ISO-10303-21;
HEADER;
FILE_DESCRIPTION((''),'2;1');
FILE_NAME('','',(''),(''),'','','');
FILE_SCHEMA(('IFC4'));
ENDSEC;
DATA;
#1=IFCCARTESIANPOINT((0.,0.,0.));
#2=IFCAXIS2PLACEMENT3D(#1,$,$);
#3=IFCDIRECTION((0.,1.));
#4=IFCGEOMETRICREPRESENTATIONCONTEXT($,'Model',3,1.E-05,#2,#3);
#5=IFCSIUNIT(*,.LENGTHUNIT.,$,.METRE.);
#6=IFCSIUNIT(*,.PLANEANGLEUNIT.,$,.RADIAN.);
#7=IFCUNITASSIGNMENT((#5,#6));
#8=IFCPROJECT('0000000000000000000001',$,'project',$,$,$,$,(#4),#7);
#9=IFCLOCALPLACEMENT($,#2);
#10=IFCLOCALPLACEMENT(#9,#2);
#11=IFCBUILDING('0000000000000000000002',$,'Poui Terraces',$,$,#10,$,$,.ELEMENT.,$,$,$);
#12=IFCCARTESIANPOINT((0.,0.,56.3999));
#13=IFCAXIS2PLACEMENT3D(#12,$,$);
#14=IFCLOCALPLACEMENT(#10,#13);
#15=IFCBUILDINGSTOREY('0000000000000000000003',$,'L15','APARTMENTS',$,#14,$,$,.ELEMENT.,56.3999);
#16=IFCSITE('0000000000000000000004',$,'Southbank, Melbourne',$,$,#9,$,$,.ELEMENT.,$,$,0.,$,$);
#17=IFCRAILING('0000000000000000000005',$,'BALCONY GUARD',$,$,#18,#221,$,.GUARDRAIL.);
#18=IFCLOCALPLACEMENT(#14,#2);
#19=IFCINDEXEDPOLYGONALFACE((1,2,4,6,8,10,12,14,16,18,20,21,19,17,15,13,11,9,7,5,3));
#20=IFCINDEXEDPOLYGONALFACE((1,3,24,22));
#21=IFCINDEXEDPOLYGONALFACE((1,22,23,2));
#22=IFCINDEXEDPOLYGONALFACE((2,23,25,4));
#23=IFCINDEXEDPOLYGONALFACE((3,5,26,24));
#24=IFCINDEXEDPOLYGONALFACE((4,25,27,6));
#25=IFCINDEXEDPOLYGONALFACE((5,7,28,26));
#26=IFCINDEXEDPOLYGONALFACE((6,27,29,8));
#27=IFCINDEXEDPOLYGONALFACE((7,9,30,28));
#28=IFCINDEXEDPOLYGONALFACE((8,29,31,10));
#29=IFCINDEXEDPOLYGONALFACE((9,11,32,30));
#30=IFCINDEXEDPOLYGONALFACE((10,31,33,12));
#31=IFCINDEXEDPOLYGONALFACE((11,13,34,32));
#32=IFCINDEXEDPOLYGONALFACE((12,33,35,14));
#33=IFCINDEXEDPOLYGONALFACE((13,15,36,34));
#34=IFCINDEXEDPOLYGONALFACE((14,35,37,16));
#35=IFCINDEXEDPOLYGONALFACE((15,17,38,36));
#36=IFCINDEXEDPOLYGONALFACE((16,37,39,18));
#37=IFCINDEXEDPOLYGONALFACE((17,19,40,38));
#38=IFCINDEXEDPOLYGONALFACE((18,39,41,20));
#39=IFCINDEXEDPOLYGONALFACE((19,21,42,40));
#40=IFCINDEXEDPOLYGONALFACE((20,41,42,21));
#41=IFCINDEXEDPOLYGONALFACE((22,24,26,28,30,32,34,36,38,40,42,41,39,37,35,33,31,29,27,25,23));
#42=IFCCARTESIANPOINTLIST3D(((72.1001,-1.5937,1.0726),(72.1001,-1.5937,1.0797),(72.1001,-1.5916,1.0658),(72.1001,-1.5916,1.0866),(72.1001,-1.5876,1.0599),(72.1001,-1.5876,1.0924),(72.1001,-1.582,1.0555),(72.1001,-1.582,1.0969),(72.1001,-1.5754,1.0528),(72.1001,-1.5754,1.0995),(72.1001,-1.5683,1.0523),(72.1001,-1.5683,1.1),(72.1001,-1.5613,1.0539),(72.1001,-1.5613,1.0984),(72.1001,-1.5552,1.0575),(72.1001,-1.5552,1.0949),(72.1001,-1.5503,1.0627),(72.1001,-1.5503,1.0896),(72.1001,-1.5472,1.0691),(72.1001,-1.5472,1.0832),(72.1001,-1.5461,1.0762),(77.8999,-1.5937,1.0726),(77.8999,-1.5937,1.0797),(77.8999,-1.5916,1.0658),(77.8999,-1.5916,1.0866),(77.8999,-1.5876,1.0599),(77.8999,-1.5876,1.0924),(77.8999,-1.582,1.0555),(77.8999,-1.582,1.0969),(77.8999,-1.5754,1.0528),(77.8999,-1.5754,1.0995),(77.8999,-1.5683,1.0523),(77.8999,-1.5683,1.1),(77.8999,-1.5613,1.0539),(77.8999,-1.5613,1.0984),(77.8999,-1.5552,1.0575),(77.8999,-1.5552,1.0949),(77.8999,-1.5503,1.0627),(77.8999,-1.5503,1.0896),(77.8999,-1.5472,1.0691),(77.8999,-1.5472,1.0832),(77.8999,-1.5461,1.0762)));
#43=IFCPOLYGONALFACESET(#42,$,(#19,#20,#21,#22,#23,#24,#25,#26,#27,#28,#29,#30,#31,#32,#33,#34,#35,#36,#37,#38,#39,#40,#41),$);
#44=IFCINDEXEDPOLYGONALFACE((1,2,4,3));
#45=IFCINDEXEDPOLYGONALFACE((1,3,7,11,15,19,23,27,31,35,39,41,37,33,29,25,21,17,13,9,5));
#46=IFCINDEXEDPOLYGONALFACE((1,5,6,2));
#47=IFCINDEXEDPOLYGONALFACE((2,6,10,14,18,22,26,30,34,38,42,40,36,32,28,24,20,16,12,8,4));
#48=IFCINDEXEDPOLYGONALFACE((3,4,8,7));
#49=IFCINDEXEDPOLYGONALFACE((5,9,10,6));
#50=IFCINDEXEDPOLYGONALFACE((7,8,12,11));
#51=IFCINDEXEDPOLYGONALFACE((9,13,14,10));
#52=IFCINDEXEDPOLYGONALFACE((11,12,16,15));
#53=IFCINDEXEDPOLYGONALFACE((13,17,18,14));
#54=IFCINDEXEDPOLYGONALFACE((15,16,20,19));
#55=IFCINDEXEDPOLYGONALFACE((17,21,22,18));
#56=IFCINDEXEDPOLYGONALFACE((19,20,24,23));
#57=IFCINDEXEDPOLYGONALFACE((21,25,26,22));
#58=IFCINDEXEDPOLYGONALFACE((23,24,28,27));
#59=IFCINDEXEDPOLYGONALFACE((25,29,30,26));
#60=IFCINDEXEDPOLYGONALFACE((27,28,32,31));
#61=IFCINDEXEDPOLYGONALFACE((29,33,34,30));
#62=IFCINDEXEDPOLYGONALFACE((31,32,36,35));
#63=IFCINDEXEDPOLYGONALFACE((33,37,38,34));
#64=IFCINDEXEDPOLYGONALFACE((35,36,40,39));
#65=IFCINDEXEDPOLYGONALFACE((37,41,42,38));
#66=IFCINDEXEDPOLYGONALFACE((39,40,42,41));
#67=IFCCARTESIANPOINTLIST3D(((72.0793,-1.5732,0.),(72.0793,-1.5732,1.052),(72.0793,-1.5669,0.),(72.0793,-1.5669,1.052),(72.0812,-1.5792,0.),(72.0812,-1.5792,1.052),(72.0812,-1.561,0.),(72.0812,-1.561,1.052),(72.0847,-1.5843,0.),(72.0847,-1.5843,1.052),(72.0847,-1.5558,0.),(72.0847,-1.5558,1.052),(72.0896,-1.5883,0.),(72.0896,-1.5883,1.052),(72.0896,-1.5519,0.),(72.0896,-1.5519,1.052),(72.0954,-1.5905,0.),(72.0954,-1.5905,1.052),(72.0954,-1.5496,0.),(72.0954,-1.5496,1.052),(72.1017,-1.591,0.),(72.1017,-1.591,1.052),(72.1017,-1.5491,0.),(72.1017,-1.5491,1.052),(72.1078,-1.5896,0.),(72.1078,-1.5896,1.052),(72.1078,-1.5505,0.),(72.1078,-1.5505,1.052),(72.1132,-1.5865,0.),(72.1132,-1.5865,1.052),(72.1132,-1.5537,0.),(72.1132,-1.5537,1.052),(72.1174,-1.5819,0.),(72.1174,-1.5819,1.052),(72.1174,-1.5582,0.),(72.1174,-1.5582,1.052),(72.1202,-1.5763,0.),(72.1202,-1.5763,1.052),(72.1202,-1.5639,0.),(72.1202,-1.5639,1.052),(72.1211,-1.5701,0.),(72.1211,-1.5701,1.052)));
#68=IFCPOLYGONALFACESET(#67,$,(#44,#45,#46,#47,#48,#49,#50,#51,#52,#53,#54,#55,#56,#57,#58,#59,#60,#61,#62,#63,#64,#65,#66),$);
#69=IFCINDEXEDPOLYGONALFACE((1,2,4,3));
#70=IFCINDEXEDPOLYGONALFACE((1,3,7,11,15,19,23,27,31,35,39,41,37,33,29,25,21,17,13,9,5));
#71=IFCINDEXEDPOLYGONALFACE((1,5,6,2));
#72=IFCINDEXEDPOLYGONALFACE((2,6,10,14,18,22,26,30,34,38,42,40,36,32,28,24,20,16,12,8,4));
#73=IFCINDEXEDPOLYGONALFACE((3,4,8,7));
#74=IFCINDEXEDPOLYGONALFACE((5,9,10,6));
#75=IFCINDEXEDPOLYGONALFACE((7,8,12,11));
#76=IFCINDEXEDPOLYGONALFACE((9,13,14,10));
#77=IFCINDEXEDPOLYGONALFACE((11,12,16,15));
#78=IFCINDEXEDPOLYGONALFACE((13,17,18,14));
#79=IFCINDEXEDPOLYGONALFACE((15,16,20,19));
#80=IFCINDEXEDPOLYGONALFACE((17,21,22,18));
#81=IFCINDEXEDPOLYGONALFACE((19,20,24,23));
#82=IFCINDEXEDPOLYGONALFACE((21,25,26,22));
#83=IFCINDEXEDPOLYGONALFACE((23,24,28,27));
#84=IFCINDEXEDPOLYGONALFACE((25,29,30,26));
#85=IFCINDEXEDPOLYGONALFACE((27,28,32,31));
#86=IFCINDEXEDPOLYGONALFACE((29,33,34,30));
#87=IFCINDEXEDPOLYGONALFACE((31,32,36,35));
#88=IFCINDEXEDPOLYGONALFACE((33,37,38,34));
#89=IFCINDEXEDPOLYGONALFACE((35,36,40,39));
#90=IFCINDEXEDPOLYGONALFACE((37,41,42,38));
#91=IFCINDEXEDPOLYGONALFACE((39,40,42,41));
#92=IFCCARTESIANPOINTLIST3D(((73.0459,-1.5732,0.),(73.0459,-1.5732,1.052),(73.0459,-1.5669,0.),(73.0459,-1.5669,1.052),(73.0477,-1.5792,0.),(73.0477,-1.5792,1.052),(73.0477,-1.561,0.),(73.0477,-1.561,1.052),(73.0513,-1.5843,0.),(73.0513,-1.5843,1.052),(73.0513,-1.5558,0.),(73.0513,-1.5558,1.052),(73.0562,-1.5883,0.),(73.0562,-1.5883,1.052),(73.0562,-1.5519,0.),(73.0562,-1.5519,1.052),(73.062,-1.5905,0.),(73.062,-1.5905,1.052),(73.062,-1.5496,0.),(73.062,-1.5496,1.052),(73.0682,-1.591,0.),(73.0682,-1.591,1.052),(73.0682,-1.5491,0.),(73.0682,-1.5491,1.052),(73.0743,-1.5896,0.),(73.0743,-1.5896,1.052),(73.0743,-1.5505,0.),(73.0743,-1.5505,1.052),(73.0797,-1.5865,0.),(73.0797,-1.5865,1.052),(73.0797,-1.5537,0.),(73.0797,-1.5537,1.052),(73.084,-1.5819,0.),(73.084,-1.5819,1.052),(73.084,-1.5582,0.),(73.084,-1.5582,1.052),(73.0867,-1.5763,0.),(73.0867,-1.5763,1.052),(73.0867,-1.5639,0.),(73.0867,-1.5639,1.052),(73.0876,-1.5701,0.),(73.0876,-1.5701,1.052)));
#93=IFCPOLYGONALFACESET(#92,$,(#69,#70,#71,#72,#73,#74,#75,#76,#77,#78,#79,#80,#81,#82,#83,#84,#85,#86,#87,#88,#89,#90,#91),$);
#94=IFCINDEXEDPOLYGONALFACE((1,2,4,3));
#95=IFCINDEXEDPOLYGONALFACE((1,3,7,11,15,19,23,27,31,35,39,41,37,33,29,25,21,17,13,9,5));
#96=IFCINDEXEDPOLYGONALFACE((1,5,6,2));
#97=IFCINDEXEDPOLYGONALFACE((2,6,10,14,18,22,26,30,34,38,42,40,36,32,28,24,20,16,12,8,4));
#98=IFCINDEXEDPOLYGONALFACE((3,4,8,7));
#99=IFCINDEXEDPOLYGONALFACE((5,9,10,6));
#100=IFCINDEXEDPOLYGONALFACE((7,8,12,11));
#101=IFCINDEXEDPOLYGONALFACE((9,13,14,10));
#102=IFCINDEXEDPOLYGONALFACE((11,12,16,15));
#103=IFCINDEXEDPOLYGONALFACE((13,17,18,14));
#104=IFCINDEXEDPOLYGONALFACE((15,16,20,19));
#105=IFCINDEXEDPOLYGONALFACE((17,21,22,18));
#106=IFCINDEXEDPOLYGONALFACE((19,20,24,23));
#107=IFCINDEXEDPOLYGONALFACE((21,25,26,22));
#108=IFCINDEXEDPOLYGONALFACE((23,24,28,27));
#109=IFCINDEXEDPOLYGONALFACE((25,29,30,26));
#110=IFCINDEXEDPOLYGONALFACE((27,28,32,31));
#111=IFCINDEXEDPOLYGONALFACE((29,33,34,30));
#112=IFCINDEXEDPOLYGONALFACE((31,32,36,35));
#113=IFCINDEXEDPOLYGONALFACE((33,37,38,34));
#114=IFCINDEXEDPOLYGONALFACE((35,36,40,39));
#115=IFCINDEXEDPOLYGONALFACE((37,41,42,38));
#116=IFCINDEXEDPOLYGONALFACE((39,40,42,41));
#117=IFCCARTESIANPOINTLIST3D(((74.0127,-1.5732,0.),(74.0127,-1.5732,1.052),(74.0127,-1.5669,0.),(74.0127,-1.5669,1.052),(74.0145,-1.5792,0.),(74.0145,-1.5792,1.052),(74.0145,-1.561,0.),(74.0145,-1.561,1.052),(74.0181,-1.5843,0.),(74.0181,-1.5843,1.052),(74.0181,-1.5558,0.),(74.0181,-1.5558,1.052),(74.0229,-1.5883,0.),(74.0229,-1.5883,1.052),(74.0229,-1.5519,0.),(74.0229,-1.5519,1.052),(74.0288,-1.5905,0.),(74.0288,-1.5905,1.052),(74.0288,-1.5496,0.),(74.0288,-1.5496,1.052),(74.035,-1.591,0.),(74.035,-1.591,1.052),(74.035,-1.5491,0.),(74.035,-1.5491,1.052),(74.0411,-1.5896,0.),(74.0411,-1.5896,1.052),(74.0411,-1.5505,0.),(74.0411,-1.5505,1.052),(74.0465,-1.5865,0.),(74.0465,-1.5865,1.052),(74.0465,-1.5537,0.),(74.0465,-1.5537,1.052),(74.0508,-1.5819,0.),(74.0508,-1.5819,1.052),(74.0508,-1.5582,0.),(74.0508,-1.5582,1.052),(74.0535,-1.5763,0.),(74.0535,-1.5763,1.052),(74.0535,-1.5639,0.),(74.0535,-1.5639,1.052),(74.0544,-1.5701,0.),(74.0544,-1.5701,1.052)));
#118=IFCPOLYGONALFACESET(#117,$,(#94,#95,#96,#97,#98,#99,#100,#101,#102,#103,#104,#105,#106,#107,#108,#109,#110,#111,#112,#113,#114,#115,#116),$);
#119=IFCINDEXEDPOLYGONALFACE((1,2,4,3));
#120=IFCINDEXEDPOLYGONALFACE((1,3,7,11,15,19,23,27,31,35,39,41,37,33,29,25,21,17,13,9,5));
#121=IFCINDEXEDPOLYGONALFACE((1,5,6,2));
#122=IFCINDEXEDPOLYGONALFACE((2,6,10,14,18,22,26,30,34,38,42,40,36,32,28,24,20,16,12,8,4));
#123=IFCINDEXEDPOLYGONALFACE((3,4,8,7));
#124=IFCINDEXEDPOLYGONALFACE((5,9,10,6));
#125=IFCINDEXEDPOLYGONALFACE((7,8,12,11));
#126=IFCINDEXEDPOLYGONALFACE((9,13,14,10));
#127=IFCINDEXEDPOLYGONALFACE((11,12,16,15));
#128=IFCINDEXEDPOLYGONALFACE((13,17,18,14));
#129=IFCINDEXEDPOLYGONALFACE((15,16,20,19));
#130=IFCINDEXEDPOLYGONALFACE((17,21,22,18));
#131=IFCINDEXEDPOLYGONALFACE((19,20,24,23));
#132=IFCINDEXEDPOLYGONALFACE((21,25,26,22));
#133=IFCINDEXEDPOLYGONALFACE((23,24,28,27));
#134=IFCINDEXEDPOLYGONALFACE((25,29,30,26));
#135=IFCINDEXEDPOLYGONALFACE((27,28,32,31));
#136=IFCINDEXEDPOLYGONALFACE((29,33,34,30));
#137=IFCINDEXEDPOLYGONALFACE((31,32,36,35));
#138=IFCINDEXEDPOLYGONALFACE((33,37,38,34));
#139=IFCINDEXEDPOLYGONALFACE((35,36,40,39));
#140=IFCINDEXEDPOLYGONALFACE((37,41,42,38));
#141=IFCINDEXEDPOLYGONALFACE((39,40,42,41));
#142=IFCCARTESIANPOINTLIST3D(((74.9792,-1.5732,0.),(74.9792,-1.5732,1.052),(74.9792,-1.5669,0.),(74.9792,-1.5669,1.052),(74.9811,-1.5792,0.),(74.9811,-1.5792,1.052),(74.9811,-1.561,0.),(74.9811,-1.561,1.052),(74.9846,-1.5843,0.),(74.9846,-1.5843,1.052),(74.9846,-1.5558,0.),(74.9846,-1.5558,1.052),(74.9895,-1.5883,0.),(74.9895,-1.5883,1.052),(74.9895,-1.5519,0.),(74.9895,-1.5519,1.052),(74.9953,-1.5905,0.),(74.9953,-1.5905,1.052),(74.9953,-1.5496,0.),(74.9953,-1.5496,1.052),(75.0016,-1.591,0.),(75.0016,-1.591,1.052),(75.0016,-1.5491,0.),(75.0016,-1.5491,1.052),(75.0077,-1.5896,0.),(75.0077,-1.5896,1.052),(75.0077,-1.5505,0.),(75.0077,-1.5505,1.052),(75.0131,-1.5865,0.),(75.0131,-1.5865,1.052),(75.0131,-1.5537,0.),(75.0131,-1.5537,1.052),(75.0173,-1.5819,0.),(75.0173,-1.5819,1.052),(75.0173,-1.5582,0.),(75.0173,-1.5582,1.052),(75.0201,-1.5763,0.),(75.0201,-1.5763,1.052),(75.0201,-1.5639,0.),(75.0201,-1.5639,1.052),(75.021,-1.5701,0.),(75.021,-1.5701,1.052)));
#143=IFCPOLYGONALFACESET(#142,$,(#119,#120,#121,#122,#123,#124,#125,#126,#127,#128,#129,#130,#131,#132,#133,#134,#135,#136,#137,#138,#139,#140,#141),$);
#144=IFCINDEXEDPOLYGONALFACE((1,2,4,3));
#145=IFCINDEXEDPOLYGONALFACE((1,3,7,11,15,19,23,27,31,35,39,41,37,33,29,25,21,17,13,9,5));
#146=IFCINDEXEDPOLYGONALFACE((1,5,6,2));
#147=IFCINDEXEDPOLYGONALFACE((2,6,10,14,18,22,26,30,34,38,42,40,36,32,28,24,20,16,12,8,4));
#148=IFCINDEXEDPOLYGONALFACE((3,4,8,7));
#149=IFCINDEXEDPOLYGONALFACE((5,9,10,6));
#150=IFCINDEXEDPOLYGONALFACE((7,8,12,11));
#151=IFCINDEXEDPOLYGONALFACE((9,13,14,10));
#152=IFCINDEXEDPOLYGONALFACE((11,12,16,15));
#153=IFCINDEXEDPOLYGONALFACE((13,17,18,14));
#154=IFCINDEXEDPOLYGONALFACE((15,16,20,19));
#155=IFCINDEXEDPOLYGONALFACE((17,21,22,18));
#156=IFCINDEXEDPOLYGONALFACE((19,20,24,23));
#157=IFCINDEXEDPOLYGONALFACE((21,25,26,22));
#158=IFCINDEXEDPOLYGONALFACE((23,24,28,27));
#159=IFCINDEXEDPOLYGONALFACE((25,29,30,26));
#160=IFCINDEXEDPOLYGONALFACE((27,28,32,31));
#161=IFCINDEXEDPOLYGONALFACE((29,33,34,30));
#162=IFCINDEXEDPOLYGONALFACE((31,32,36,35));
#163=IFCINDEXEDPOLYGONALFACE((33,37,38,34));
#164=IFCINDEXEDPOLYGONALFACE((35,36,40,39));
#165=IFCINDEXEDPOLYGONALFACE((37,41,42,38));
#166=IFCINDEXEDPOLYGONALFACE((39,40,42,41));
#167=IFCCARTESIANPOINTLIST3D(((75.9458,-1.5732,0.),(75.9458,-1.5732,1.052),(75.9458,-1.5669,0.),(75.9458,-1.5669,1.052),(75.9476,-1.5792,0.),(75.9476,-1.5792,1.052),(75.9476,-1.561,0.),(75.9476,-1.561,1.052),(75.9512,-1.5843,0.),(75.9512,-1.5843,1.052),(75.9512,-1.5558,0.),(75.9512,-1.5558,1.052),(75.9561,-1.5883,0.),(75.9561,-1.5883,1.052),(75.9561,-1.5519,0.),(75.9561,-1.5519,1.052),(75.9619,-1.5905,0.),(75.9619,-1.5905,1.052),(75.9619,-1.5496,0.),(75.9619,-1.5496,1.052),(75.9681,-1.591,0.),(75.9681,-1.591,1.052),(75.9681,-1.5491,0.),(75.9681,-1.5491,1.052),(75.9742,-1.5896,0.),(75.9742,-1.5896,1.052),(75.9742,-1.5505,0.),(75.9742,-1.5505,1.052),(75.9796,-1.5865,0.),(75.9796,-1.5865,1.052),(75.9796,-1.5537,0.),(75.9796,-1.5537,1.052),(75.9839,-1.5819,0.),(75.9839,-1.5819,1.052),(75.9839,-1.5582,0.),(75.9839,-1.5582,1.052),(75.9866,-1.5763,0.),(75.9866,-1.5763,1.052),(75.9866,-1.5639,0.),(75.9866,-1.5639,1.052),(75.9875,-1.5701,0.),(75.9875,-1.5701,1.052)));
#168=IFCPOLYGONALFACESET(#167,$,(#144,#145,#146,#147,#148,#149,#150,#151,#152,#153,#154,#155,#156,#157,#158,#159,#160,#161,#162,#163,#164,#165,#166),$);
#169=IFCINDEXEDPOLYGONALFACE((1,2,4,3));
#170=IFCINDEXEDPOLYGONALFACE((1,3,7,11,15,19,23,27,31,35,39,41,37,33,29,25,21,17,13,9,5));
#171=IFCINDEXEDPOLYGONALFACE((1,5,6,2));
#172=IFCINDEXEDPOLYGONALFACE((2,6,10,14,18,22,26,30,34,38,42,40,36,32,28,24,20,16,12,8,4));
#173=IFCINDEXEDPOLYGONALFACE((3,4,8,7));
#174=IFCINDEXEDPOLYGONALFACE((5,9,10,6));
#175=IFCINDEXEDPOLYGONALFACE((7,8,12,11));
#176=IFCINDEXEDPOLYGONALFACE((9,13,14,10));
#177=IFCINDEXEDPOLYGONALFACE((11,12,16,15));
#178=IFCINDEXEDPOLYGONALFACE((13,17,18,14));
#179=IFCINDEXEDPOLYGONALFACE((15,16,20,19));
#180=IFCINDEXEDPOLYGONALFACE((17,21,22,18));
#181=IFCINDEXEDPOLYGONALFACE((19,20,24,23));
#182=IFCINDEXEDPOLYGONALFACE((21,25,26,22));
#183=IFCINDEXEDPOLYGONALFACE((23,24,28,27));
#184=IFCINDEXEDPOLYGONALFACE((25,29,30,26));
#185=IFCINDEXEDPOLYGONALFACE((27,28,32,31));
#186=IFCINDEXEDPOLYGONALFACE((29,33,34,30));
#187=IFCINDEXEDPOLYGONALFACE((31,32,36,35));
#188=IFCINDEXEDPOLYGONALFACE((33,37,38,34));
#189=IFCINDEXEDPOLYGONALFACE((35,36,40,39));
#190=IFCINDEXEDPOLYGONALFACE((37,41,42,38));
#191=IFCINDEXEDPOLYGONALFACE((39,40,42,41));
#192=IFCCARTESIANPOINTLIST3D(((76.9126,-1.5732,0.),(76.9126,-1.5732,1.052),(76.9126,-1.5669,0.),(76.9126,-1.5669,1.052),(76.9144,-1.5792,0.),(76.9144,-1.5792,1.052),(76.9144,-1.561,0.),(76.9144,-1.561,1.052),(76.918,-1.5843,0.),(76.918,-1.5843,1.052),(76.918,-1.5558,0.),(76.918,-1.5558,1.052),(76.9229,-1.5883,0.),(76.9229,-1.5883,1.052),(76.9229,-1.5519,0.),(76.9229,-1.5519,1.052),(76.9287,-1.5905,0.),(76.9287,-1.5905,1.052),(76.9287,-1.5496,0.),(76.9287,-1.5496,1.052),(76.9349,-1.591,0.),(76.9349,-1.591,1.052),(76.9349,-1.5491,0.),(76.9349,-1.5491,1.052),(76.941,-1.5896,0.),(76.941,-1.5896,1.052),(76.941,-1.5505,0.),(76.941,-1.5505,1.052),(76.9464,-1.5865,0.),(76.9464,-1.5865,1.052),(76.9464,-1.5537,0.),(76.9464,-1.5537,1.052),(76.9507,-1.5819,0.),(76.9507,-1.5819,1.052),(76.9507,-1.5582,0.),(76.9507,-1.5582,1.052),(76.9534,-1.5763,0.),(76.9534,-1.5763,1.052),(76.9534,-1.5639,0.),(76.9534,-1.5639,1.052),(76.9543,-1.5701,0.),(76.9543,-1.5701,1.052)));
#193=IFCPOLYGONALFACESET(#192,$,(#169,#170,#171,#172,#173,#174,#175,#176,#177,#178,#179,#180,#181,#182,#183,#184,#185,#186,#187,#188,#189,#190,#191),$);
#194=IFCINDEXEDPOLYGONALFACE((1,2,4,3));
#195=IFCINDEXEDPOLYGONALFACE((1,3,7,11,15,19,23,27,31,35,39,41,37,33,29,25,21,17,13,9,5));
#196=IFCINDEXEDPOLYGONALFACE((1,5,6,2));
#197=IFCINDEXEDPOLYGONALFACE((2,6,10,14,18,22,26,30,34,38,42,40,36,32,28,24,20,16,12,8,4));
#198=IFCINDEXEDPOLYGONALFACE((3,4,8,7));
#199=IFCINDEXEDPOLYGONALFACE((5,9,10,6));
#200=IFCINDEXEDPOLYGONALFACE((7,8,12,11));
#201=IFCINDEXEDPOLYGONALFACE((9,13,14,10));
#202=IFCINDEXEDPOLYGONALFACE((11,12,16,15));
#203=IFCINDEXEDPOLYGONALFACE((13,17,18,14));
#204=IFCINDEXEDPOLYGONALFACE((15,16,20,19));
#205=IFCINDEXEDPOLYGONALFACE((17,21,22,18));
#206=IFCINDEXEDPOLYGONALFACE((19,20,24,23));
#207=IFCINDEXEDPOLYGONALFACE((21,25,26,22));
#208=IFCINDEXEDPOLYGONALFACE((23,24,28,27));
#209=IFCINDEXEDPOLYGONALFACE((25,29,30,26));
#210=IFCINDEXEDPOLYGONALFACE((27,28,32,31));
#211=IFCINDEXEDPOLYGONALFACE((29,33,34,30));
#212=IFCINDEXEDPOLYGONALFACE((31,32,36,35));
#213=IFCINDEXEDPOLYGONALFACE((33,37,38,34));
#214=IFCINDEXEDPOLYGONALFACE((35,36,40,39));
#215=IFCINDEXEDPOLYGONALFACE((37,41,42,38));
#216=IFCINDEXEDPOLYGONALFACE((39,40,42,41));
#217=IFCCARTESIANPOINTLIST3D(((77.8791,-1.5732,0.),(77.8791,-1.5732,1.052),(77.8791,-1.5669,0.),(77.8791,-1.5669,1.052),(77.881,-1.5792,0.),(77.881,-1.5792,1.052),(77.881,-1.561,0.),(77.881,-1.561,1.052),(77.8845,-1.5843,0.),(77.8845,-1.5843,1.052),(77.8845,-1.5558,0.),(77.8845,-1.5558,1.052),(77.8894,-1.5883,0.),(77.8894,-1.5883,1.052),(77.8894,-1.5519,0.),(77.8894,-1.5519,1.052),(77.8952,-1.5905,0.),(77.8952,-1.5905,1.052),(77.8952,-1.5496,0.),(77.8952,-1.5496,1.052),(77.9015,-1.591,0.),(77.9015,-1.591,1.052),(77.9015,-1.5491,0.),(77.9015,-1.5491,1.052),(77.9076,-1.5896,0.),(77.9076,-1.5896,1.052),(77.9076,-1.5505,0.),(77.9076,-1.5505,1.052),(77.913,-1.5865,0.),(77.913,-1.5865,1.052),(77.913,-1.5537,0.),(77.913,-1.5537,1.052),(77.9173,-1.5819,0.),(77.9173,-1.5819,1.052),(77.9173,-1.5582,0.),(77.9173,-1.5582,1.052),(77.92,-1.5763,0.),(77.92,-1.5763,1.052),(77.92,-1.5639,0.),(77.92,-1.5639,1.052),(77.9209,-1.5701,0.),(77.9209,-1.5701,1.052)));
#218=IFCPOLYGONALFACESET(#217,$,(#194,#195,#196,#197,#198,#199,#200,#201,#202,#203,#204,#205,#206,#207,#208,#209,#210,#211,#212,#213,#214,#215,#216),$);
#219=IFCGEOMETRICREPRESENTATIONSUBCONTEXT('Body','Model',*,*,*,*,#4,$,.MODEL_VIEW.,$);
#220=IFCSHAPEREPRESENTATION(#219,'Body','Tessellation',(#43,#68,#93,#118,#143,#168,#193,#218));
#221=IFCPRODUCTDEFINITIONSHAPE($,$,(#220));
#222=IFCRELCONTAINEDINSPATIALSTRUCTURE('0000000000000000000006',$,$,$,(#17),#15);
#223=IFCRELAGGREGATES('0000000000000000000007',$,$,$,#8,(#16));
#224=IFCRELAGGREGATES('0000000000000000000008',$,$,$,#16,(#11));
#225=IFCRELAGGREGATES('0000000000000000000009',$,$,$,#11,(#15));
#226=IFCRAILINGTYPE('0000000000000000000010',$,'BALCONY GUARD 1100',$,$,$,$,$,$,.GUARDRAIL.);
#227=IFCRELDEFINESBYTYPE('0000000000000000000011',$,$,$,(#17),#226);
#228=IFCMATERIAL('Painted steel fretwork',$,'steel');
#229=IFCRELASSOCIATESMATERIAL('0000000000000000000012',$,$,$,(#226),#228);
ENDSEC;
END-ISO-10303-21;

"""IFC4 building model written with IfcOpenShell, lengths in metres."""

from ifc_helpers import new_model, si_unit, direction, frame, origin, origin_2d, place, context, subcontext, project, spatial, circle, extrude, material, type_object, element, save


model = new_model("IFC4")

# Units and contexts
model_context = context("Model", 3, precision=1e-05, world=origin(), true_north=direction((0.0, 1.0)))
body_context = subcontext(model_context, "Body", "Model", "MODEL_VIEW")
ifc_project = project(units=[si_unit("LENGTHUNIT", "METRE"), si_unit("PLANEANGLEUNIT", "RADIAN")], contexts=[model_context])

# Site, building, storey
site_placement = place(None, origin())
site = spatial("IfcSite", under=ifc_project, at=site_placement, Name="Southbank, Melbourne", CompositionType="ELEMENT", RefElevation=0.0)
building_placement = place(site_placement, origin())
building = spatial("IfcBuilding", under=site, at=building_placement, Name="Poui Terraces", CompositionType="ELEMENT")
storey_placement = place(building_placement, frame((0.0, 0.0, 56.3999)))
storey = spatial("IfcBuildingStorey", under=building, at=storey_placement, Name="L15", Description="APARTMENTS", CompositionType="ELEMENT", Elevation=56.3999)

# Railing
ifc_material_1 = material(Name="Painted steel fretwork", Category="steel")
railing_type_1 = type_object("IfcRailingType", Name="BALCONY GUARD 1100", PredefinedType="GUARDRAIL", material=ifc_material_1)
railing_1_placement = place(storey_placement, frame((72.1001, -1.5701, 0.0)))
element("IfcRailing", 1, at=railing_1_placement, inside=storey, type_object=railing_type_1, Name="BALCONY GUARD", PredefinedType="GUARDRAIL", context=body_context, shape_type="SweptSolid", body=[
    extrude(circle(Radius=0.0239, at=origin_2d()), frame((0.0, 0.0, 1.0762), z_axis=(1.0, 0.0, 0.0), x_axis=(0.0, 1.0, 0.0)), (0.0, 0.0, 1.0), 5.7998),
    extrude(circle(Radius=0.021, at=origin_2d()), origin(), (0.0, 0.0, 1.0), 1.052),
    extrude(circle(Radius=0.021, at=origin_2d()), frame((0.9666, 0.0, 0.0)), (0.0, 0.0, 1.0), 1.052),
    extrude(circle(Radius=0.021, at=origin_2d()), frame((1.9333, 0.0, 0.0)), (0.0, 0.0, 1.0), 1.052),
    extrude(circle(Radius=0.021, at=origin_2d()), frame((2.8999, 0.0, 0.0)), (0.0, 0.0, 1.0), 1.052),
    extrude(circle(Radius=0.021, at=origin_2d()), frame((3.8665, 0.0, 0.0)), (0.0, 0.0, 1.0), 1.052),
    extrude(circle(Radius=0.021, at=origin_2d()), frame((4.8333, 0.0, 0.0)), (0.0, 0.0, 1.0), 1.052),
    extrude(circle(Radius=0.021, at=origin_2d()), frame((5.7998, 0.0, 0.0)), (0.0, 0.0, 1.0), 1.052),
])

save(model, "model.ifc")
